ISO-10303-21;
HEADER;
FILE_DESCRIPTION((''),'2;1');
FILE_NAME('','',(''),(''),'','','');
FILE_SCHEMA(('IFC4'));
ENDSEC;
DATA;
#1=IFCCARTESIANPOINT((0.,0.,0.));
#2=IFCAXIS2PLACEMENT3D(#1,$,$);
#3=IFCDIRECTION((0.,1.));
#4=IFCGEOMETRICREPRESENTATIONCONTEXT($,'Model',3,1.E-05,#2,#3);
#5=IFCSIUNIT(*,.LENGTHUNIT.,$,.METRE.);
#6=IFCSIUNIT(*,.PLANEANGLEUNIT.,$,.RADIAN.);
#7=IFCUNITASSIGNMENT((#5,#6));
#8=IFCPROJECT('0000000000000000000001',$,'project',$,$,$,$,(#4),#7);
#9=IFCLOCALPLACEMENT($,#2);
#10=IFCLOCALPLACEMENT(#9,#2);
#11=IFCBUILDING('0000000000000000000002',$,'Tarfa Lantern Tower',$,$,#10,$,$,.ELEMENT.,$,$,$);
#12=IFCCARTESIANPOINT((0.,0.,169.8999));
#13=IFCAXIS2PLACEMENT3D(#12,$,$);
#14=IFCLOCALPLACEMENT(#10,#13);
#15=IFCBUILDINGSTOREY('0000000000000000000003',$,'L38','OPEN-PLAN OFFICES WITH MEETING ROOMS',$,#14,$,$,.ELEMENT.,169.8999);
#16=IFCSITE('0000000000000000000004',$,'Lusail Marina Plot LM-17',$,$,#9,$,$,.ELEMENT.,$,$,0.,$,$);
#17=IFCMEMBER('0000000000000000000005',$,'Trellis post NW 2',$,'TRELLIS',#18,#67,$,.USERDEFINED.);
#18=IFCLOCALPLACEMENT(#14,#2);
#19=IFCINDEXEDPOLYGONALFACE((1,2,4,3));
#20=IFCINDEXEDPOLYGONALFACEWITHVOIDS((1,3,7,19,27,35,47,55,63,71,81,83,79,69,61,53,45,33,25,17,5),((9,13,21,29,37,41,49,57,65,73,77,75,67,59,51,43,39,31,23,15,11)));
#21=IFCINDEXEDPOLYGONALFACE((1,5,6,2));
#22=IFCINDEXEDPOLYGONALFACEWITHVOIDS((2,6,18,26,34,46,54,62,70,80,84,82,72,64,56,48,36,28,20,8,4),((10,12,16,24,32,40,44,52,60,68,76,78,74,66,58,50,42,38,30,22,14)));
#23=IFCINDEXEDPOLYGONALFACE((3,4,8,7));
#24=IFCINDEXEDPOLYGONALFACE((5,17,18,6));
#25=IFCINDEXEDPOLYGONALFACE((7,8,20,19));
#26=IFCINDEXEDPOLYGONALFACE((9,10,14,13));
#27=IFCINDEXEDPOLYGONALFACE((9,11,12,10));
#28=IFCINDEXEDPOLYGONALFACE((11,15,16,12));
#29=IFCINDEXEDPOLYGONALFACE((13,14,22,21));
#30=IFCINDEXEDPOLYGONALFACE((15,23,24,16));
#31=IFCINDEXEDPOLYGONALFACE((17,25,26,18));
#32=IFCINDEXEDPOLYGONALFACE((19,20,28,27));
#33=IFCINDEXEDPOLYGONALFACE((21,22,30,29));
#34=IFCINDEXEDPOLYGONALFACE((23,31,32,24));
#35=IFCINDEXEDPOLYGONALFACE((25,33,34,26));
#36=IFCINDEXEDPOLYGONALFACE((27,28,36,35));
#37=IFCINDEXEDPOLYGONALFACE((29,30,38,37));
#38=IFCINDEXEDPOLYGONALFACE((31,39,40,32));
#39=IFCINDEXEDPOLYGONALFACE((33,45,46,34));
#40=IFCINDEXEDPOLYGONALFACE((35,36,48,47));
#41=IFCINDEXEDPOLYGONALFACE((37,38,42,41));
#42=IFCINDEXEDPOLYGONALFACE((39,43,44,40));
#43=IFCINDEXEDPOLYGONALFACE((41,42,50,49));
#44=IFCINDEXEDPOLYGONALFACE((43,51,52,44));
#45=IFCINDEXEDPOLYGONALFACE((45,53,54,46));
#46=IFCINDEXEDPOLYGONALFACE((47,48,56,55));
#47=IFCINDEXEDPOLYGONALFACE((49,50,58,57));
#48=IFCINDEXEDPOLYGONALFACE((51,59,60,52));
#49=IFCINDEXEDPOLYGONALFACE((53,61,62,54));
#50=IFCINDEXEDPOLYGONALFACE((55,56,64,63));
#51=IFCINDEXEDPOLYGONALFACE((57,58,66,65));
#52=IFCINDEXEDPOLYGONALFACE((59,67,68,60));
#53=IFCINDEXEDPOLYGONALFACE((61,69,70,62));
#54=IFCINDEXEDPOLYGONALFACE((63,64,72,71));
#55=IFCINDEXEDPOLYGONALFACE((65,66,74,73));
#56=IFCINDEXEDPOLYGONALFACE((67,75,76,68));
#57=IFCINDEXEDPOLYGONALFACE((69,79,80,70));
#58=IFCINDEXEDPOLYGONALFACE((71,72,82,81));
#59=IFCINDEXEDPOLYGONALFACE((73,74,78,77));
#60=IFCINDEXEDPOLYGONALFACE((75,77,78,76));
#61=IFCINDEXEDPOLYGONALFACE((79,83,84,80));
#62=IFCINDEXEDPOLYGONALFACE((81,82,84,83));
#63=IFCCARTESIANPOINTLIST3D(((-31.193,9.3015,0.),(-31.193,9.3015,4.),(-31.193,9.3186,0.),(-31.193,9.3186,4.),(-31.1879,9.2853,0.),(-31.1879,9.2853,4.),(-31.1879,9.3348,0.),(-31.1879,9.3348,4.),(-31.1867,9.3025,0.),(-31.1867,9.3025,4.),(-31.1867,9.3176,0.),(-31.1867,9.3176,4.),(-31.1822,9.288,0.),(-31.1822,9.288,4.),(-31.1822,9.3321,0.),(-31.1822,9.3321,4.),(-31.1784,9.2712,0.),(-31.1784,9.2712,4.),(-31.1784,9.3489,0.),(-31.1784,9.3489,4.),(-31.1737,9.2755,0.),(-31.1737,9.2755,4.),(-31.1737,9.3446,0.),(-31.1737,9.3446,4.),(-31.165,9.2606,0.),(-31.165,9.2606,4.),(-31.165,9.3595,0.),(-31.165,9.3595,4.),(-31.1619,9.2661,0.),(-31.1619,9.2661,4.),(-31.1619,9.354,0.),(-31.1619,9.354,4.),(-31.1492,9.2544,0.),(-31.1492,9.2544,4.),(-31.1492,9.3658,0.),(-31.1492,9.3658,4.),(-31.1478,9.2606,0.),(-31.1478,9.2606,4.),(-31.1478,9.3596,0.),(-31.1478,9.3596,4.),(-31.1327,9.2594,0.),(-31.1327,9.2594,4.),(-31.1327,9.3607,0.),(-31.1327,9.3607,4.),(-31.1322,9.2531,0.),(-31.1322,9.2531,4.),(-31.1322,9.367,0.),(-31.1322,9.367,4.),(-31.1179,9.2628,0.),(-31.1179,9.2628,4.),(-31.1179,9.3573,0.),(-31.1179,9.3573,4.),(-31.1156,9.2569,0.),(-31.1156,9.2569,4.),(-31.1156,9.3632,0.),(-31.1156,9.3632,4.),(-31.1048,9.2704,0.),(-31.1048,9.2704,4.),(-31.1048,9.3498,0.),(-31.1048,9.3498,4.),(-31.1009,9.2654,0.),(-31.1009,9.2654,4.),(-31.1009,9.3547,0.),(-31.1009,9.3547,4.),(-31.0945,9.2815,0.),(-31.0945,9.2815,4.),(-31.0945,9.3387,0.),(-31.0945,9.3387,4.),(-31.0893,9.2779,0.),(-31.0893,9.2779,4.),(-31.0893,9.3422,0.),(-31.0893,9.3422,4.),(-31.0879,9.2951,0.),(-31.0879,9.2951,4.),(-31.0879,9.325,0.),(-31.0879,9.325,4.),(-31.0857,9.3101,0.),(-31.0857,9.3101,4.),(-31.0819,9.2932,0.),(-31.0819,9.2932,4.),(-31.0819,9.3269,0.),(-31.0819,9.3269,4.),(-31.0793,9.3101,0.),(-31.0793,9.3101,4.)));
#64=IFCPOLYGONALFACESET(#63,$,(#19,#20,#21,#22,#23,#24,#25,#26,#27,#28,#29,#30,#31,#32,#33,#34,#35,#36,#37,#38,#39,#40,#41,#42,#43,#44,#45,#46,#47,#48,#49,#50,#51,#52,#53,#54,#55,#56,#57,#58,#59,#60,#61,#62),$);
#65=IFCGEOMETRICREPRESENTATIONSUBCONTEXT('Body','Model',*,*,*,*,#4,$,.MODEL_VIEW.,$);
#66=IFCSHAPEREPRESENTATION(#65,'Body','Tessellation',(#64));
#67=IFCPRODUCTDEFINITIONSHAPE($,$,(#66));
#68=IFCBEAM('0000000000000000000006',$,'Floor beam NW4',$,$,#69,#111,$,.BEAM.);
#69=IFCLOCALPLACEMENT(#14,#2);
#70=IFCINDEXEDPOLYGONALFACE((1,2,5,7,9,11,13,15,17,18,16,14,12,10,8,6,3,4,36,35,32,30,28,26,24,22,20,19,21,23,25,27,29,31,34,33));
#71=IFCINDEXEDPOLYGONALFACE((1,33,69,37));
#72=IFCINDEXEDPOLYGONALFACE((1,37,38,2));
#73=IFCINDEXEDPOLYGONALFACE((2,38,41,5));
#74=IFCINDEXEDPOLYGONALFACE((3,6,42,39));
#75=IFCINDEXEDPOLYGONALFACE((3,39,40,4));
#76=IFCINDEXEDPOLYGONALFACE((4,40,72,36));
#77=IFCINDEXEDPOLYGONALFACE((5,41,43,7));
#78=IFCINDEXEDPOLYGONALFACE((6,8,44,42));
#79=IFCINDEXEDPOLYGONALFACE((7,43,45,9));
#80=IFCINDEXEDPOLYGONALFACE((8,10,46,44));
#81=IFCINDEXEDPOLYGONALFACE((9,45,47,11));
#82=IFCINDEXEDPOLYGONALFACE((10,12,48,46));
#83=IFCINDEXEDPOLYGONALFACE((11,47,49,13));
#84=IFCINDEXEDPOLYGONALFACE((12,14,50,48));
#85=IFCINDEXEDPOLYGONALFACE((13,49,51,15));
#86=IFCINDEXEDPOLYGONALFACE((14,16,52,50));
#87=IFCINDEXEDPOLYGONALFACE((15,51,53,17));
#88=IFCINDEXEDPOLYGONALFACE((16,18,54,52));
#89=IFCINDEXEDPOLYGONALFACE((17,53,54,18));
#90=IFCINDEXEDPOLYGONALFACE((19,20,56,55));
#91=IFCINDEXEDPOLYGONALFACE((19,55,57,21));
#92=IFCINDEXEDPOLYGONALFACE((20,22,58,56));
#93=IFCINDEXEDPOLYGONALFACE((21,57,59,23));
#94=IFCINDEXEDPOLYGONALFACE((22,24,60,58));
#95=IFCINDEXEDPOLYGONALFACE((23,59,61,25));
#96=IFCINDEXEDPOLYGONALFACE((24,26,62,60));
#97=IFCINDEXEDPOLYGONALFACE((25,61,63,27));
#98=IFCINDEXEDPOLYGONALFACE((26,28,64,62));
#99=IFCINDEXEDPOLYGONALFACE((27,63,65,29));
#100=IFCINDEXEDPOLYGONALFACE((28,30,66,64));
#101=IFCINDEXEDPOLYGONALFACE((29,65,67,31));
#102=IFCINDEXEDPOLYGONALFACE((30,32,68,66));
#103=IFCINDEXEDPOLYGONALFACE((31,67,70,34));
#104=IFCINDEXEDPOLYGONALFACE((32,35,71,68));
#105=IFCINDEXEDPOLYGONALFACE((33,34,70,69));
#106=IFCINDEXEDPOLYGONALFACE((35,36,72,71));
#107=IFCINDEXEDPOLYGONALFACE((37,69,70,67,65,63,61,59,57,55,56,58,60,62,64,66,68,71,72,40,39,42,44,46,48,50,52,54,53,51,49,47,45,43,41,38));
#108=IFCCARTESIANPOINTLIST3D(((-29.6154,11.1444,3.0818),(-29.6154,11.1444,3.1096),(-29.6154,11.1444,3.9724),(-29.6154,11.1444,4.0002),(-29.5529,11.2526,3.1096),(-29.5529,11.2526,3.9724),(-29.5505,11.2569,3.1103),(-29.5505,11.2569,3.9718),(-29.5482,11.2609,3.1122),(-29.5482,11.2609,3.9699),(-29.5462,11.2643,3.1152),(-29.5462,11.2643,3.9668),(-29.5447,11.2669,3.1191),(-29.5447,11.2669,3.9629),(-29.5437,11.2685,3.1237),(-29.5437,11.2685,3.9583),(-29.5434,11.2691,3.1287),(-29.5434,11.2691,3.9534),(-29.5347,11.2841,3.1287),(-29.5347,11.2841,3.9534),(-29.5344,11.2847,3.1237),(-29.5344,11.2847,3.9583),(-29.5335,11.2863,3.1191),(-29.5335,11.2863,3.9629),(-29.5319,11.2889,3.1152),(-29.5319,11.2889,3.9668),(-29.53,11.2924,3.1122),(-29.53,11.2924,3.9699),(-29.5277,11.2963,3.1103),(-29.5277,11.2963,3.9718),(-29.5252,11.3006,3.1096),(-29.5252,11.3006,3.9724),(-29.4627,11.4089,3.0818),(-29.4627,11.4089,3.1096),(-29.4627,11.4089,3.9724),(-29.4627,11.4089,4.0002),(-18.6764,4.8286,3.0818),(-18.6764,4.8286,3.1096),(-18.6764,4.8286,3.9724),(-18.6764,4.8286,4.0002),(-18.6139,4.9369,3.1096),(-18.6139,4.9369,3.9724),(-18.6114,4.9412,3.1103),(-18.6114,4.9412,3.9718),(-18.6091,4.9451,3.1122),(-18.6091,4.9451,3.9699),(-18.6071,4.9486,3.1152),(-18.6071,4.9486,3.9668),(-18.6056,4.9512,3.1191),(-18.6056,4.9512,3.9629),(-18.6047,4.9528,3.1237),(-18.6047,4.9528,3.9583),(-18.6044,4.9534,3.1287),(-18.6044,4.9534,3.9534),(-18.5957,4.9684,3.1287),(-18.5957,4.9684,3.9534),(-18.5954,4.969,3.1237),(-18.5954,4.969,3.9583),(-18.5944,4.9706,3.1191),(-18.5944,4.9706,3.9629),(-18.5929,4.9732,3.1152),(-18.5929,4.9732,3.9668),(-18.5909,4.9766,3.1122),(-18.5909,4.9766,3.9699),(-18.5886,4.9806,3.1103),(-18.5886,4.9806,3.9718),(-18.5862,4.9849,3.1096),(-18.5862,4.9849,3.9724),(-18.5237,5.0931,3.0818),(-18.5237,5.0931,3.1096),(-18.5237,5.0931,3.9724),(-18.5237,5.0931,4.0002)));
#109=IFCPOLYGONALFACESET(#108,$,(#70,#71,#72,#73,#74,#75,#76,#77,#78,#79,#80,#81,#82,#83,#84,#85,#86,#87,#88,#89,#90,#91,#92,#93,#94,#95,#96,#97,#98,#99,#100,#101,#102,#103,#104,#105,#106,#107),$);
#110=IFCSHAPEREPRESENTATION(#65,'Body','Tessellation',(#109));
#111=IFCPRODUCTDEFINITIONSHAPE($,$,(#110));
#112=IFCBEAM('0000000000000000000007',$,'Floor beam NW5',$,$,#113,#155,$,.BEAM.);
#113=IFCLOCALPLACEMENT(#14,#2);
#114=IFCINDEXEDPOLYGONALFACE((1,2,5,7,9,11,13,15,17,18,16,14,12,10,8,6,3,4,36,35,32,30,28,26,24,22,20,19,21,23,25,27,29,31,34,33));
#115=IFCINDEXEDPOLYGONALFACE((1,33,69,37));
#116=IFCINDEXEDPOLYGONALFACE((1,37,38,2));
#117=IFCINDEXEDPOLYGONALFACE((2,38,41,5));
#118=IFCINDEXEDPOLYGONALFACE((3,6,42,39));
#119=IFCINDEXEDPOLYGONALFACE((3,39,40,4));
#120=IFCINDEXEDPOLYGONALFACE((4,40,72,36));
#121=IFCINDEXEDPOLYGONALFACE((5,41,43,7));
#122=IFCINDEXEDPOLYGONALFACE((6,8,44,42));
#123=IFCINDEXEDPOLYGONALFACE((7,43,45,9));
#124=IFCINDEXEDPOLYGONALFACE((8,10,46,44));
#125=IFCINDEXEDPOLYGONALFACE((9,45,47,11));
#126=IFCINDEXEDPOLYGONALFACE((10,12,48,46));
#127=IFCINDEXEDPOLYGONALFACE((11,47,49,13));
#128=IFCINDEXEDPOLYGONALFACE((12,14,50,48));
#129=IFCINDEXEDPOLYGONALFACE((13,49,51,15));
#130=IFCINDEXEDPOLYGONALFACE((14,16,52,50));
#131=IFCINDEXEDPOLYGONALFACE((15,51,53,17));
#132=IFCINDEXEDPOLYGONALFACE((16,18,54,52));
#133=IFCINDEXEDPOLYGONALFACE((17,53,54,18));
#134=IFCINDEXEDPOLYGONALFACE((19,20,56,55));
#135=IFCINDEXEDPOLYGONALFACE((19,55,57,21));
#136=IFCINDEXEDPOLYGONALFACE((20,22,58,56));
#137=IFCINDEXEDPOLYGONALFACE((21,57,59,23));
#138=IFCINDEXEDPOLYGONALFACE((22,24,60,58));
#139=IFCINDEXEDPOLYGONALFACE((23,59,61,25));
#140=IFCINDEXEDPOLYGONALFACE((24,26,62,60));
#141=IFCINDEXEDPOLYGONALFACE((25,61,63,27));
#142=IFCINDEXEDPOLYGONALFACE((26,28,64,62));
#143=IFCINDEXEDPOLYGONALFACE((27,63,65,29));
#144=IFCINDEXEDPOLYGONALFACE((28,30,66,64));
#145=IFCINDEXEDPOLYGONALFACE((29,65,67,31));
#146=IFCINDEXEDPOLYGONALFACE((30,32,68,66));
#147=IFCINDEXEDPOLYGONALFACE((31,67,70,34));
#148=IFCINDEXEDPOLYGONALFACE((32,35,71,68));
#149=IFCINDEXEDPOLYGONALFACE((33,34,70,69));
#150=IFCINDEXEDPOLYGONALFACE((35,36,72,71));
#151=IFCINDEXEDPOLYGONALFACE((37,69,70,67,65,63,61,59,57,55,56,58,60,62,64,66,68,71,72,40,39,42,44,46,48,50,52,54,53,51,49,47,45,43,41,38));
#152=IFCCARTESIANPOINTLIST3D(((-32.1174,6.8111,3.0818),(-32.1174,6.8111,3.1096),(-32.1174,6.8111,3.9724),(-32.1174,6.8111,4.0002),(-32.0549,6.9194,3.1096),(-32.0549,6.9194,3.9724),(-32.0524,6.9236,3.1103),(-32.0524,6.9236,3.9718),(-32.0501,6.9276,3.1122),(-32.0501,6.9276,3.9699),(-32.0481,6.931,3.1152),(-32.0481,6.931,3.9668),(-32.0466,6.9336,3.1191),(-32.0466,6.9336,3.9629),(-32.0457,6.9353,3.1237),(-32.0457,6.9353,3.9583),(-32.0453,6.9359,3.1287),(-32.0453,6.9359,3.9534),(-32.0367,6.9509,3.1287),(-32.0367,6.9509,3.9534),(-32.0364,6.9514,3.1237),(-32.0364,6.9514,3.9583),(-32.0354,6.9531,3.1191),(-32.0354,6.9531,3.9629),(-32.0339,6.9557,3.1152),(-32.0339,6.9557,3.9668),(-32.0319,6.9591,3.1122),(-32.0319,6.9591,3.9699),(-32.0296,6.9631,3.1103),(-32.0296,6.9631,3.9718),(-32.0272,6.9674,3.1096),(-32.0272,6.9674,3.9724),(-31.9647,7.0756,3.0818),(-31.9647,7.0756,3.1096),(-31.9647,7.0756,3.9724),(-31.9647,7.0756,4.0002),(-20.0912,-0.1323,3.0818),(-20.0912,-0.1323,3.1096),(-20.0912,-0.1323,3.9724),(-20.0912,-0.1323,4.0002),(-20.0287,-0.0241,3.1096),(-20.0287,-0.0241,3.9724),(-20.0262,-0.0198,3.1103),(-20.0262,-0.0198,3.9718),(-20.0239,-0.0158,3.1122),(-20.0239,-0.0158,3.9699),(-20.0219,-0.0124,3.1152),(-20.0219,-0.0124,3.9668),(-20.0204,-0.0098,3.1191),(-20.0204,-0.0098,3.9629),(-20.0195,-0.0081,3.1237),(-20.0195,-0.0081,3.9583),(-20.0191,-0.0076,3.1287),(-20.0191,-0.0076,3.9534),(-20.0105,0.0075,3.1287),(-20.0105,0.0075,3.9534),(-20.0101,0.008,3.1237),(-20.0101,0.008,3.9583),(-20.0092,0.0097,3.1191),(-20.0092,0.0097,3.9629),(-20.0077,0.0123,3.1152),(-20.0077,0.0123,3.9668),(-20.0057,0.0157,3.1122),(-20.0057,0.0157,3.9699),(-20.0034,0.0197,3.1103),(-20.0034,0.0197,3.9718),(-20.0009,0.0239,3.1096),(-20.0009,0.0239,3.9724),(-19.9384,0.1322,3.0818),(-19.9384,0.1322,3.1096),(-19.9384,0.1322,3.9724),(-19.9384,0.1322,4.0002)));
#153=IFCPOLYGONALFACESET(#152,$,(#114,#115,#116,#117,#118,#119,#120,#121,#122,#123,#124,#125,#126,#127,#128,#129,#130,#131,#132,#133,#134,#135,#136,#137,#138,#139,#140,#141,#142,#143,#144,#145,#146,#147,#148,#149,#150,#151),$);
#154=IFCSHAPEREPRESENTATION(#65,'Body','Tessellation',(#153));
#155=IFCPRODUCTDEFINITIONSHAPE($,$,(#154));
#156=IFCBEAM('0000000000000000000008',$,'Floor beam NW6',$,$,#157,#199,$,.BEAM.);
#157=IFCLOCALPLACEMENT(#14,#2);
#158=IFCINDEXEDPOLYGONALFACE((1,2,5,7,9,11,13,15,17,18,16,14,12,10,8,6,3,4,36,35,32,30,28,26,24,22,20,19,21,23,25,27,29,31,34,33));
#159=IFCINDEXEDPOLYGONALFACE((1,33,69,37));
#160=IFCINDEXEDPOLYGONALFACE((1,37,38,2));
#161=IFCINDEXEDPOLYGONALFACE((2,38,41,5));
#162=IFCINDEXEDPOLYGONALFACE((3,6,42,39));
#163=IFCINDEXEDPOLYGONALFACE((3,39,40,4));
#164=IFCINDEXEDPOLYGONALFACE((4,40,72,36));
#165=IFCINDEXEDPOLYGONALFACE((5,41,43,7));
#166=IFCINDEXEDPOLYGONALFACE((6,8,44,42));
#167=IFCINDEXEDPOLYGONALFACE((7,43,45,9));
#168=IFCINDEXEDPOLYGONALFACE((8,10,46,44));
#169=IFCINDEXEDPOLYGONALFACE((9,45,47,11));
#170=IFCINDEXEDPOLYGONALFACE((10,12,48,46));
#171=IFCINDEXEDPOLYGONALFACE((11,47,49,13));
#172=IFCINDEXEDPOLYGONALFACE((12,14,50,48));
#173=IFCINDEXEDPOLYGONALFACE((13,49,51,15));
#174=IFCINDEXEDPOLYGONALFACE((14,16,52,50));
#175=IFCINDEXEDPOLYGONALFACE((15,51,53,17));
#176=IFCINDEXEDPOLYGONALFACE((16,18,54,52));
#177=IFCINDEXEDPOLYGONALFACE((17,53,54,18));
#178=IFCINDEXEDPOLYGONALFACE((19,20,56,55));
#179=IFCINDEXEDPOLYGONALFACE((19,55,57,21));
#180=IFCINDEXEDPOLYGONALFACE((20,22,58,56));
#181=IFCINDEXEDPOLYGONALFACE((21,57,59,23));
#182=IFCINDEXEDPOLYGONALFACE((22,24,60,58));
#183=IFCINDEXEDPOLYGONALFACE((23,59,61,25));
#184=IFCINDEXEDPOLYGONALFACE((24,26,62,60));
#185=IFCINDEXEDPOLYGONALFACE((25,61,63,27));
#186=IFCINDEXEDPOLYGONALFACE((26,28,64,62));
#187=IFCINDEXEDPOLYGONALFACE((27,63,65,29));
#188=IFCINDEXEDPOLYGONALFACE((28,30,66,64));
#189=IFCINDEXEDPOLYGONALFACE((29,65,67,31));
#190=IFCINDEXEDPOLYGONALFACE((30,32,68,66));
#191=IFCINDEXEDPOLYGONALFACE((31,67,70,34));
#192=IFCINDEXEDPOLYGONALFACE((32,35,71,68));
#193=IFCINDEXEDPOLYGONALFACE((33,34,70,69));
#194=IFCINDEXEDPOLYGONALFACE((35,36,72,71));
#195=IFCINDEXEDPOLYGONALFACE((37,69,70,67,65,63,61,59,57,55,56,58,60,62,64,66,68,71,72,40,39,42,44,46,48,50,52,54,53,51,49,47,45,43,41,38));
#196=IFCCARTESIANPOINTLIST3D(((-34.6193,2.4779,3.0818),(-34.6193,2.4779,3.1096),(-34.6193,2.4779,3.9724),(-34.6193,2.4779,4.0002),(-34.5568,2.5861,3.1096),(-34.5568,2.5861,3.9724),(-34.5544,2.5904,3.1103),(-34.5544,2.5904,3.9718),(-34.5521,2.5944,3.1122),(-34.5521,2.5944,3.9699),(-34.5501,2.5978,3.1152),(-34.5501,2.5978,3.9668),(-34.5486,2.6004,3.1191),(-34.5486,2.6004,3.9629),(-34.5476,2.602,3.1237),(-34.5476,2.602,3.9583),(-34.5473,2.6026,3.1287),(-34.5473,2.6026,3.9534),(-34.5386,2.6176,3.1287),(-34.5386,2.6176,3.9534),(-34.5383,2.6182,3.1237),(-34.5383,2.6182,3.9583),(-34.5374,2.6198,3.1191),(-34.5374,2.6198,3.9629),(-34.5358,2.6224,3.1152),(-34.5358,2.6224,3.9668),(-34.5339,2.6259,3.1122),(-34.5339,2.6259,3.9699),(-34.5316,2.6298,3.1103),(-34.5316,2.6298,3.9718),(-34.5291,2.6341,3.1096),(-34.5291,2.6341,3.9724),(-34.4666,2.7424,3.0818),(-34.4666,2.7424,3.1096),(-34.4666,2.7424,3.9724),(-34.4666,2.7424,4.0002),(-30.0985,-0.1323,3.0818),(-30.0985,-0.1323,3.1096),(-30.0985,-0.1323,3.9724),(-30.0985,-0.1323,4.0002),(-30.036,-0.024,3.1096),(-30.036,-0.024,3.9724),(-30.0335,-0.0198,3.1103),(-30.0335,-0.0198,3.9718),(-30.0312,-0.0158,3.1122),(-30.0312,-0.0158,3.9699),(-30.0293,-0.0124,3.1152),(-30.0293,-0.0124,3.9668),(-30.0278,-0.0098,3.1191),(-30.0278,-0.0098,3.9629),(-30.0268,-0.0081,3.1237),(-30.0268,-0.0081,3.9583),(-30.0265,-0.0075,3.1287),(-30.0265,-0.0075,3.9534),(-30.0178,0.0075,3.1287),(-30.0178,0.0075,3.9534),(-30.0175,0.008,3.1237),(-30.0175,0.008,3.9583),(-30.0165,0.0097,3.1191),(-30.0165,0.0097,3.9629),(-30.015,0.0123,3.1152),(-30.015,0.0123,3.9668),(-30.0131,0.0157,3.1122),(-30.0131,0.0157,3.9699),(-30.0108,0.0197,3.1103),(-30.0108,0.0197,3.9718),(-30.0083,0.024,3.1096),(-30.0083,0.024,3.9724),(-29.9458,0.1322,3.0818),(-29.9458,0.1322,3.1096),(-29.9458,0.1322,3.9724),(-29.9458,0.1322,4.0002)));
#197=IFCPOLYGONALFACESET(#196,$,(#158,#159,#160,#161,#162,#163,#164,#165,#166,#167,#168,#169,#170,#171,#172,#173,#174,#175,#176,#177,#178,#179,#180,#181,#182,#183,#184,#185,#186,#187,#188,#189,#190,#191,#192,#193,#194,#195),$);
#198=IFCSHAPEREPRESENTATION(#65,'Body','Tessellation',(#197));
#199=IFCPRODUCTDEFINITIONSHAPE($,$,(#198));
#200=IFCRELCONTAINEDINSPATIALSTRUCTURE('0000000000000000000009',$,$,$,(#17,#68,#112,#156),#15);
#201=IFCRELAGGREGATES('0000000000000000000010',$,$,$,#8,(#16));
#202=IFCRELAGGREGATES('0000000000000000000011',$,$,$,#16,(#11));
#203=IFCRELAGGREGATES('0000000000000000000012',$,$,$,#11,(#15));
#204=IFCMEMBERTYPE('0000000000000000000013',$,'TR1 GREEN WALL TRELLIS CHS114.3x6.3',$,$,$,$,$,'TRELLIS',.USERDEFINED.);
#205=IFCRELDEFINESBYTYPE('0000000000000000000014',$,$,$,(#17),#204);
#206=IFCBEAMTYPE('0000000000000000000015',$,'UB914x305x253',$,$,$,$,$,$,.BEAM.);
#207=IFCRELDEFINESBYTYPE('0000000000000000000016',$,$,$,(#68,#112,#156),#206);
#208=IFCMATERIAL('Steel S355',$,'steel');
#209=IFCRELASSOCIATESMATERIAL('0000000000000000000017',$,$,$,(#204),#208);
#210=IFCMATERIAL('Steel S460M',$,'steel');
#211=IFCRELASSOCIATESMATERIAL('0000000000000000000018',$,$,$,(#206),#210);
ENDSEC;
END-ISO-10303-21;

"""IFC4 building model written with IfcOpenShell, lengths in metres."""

from ifc_helpers import new_model, si_unit, direction, frame, origin, origin_2d, place, context, subcontext, project, spatial, hollow_circle, i_section, extrude, material, material_profile, profile_set, type_object, element, save


model = new_model("IFC4")

# Units and contexts
model_context = context("Model", 3, precision=1e-05, world=origin(), true_north=direction((0.0, 1.0)))
body_context = subcontext(model_context, "Body", "Model", "MODEL_VIEW")
ifc_project = project(units=[si_unit("LENGTHUNIT", "METRE"), si_unit("PLANEANGLEUNIT", "RADIAN")], contexts=[model_context])

# Site, building, storey
site_placement = place(None, origin())
site = spatial("IfcSite", under=ifc_project, at=site_placement, Name="Lusail Marina Plot LM-17", CompositionType="ELEMENT", RefElevation=0.0)
building_placement = place(site_placement, origin())
building = spatial("IfcBuilding", under=site, at=building_placement, Name="Tarfa Lantern Tower", CompositionType="ELEMENT")
storey_placement = place(building_placement, frame((0.0, 0.0, 169.8999)))
storey = spatial("IfcBuildingStorey", under=building, at=storey_placement, Name="L38", Description="OPEN-PLAN OFFICES WITH MEETING ROOMS", CompositionType="ELEMENT", Elevation=169.8999)

# Member
ifc_material_1 = material(Name="Steel S355", Category="steel")
ifc_material_profile_1 = material_profile(ifc_material_1, hollow_circle(Radius=0.0571, WallThickness=0.0063, at=origin_2d()), Name="CHS114.3x6.3")
ifc_profile_set_1 = profile_set([ifc_material_profile_1], Name="Steel S355")
member_type_1 = type_object("IfcMemberType", Name="TR1 GREEN WALL TRELLIS CHS114.3x6.3", ElementType="TRELLIS", PredefinedType="USERDEFINED", material=ifc_profile_set_1)
member_1_placement = place(storey_placement, frame((-31.1365, 9.3101, 0.0), z_axis=(0.0, 0.0, 1.0), x_axis=(1.0, 0.0, 0.0)))
element("IfcMember", 1, at=member_1_placement, inside=storey, type_object=member_type_1, Name="Trellis post NW 2", ObjectType="TRELLIS", PredefinedType="USERDEFINED", context=body_context, shape_type="SweptSolid", body=[
    extrude(hollow_circle(Radius=0.0571, WallThickness=0.0063, at=origin_2d()), origin(), (0.0, 0.0, 1.0), 4.0),
])

# Beams
ifc_material_2 = material(Name="Steel S460M", Category="steel")
ifc_material_profile_2 = material_profile(ifc_material_2, i_section(OverallWidth=0.3054, OverallDepth=0.9185, WebThickness=0.0173, FlangeThickness=0.0278, FilletRadius=0.019, at=origin_2d()), Name="UB914x305x253")
ifc_profile_set_2 = profile_set([ifc_material_profile_2], Name="Steel S460M")
beam_type_1 = type_object("IfcBeamType", Name="UB914x305x253", PredefinedType="BEAM", material=ifc_profile_set_2)
beam_1_placement = place(storey_placement, frame((-29.5391, 11.2766, 3.541), z_axis=(0.866023, -0.500004, 0.0), x_axis=(0.500004, 0.866023, 0.0)))
element("IfcBeam", 2, at=beam_1_placement, inside=storey, type_object=beam_type_1, Name="Floor beam NW4", PredefinedType="BEAM", context=body_context, shape_type="SweptSolid", body=[
    extrude(i_section(OverallWidth=0.3054, OverallDepth=0.9185, WebThickness=0.0173, FlangeThickness=0.0278, FilletRadius=0.019, at=origin_2d()), origin(), (0.0, 0.0, 1.0), 12.6313),
])
beam_2_placement = place(storey_placement, frame((-32.041, 6.9434, 3.541), z_axis=(0.866023, -0.500004, 0.0), x_axis=(0.500004, 0.866023, 0.0)))
element("IfcBeam", 3, at=beam_2_placement, inside=storey, type_object=beam_type_1, Name="Floor beam NW5", PredefinedType="BEAM", context=body_context, shape_type="SweptSolid", body=[
    extrude(i_section(OverallWidth=0.3054, OverallDepth=0.9185, WebThickness=0.0173, FlangeThickness=0.0278, FilletRadius=0.019, at=origin_2d()), origin(), (0.0, 0.0, 1.0), 13.8867),
])
beam_3_placement = place(storey_placement, frame((-34.543, 2.6101, 3.541), z_axis=(0.866021, -0.500007, 0.0), x_axis=(0.500007, 0.866021, 0.0)))
element("IfcBeam", 4, at=beam_3_placement, inside=storey, type_object=beam_type_1, Name="Floor beam NW6", PredefinedType="BEAM", context=body_context, shape_type="SweptSolid", body=[
    extrude(i_section(OverallWidth=0.3054, OverallDepth=0.9185, WebThickness=0.0173, FlangeThickness=0.0278, FilletRadius=0.019, at=origin_2d()), origin(), (0.0, 0.0, 1.0), 5.2202),
])

save(model, "model.ifc")
